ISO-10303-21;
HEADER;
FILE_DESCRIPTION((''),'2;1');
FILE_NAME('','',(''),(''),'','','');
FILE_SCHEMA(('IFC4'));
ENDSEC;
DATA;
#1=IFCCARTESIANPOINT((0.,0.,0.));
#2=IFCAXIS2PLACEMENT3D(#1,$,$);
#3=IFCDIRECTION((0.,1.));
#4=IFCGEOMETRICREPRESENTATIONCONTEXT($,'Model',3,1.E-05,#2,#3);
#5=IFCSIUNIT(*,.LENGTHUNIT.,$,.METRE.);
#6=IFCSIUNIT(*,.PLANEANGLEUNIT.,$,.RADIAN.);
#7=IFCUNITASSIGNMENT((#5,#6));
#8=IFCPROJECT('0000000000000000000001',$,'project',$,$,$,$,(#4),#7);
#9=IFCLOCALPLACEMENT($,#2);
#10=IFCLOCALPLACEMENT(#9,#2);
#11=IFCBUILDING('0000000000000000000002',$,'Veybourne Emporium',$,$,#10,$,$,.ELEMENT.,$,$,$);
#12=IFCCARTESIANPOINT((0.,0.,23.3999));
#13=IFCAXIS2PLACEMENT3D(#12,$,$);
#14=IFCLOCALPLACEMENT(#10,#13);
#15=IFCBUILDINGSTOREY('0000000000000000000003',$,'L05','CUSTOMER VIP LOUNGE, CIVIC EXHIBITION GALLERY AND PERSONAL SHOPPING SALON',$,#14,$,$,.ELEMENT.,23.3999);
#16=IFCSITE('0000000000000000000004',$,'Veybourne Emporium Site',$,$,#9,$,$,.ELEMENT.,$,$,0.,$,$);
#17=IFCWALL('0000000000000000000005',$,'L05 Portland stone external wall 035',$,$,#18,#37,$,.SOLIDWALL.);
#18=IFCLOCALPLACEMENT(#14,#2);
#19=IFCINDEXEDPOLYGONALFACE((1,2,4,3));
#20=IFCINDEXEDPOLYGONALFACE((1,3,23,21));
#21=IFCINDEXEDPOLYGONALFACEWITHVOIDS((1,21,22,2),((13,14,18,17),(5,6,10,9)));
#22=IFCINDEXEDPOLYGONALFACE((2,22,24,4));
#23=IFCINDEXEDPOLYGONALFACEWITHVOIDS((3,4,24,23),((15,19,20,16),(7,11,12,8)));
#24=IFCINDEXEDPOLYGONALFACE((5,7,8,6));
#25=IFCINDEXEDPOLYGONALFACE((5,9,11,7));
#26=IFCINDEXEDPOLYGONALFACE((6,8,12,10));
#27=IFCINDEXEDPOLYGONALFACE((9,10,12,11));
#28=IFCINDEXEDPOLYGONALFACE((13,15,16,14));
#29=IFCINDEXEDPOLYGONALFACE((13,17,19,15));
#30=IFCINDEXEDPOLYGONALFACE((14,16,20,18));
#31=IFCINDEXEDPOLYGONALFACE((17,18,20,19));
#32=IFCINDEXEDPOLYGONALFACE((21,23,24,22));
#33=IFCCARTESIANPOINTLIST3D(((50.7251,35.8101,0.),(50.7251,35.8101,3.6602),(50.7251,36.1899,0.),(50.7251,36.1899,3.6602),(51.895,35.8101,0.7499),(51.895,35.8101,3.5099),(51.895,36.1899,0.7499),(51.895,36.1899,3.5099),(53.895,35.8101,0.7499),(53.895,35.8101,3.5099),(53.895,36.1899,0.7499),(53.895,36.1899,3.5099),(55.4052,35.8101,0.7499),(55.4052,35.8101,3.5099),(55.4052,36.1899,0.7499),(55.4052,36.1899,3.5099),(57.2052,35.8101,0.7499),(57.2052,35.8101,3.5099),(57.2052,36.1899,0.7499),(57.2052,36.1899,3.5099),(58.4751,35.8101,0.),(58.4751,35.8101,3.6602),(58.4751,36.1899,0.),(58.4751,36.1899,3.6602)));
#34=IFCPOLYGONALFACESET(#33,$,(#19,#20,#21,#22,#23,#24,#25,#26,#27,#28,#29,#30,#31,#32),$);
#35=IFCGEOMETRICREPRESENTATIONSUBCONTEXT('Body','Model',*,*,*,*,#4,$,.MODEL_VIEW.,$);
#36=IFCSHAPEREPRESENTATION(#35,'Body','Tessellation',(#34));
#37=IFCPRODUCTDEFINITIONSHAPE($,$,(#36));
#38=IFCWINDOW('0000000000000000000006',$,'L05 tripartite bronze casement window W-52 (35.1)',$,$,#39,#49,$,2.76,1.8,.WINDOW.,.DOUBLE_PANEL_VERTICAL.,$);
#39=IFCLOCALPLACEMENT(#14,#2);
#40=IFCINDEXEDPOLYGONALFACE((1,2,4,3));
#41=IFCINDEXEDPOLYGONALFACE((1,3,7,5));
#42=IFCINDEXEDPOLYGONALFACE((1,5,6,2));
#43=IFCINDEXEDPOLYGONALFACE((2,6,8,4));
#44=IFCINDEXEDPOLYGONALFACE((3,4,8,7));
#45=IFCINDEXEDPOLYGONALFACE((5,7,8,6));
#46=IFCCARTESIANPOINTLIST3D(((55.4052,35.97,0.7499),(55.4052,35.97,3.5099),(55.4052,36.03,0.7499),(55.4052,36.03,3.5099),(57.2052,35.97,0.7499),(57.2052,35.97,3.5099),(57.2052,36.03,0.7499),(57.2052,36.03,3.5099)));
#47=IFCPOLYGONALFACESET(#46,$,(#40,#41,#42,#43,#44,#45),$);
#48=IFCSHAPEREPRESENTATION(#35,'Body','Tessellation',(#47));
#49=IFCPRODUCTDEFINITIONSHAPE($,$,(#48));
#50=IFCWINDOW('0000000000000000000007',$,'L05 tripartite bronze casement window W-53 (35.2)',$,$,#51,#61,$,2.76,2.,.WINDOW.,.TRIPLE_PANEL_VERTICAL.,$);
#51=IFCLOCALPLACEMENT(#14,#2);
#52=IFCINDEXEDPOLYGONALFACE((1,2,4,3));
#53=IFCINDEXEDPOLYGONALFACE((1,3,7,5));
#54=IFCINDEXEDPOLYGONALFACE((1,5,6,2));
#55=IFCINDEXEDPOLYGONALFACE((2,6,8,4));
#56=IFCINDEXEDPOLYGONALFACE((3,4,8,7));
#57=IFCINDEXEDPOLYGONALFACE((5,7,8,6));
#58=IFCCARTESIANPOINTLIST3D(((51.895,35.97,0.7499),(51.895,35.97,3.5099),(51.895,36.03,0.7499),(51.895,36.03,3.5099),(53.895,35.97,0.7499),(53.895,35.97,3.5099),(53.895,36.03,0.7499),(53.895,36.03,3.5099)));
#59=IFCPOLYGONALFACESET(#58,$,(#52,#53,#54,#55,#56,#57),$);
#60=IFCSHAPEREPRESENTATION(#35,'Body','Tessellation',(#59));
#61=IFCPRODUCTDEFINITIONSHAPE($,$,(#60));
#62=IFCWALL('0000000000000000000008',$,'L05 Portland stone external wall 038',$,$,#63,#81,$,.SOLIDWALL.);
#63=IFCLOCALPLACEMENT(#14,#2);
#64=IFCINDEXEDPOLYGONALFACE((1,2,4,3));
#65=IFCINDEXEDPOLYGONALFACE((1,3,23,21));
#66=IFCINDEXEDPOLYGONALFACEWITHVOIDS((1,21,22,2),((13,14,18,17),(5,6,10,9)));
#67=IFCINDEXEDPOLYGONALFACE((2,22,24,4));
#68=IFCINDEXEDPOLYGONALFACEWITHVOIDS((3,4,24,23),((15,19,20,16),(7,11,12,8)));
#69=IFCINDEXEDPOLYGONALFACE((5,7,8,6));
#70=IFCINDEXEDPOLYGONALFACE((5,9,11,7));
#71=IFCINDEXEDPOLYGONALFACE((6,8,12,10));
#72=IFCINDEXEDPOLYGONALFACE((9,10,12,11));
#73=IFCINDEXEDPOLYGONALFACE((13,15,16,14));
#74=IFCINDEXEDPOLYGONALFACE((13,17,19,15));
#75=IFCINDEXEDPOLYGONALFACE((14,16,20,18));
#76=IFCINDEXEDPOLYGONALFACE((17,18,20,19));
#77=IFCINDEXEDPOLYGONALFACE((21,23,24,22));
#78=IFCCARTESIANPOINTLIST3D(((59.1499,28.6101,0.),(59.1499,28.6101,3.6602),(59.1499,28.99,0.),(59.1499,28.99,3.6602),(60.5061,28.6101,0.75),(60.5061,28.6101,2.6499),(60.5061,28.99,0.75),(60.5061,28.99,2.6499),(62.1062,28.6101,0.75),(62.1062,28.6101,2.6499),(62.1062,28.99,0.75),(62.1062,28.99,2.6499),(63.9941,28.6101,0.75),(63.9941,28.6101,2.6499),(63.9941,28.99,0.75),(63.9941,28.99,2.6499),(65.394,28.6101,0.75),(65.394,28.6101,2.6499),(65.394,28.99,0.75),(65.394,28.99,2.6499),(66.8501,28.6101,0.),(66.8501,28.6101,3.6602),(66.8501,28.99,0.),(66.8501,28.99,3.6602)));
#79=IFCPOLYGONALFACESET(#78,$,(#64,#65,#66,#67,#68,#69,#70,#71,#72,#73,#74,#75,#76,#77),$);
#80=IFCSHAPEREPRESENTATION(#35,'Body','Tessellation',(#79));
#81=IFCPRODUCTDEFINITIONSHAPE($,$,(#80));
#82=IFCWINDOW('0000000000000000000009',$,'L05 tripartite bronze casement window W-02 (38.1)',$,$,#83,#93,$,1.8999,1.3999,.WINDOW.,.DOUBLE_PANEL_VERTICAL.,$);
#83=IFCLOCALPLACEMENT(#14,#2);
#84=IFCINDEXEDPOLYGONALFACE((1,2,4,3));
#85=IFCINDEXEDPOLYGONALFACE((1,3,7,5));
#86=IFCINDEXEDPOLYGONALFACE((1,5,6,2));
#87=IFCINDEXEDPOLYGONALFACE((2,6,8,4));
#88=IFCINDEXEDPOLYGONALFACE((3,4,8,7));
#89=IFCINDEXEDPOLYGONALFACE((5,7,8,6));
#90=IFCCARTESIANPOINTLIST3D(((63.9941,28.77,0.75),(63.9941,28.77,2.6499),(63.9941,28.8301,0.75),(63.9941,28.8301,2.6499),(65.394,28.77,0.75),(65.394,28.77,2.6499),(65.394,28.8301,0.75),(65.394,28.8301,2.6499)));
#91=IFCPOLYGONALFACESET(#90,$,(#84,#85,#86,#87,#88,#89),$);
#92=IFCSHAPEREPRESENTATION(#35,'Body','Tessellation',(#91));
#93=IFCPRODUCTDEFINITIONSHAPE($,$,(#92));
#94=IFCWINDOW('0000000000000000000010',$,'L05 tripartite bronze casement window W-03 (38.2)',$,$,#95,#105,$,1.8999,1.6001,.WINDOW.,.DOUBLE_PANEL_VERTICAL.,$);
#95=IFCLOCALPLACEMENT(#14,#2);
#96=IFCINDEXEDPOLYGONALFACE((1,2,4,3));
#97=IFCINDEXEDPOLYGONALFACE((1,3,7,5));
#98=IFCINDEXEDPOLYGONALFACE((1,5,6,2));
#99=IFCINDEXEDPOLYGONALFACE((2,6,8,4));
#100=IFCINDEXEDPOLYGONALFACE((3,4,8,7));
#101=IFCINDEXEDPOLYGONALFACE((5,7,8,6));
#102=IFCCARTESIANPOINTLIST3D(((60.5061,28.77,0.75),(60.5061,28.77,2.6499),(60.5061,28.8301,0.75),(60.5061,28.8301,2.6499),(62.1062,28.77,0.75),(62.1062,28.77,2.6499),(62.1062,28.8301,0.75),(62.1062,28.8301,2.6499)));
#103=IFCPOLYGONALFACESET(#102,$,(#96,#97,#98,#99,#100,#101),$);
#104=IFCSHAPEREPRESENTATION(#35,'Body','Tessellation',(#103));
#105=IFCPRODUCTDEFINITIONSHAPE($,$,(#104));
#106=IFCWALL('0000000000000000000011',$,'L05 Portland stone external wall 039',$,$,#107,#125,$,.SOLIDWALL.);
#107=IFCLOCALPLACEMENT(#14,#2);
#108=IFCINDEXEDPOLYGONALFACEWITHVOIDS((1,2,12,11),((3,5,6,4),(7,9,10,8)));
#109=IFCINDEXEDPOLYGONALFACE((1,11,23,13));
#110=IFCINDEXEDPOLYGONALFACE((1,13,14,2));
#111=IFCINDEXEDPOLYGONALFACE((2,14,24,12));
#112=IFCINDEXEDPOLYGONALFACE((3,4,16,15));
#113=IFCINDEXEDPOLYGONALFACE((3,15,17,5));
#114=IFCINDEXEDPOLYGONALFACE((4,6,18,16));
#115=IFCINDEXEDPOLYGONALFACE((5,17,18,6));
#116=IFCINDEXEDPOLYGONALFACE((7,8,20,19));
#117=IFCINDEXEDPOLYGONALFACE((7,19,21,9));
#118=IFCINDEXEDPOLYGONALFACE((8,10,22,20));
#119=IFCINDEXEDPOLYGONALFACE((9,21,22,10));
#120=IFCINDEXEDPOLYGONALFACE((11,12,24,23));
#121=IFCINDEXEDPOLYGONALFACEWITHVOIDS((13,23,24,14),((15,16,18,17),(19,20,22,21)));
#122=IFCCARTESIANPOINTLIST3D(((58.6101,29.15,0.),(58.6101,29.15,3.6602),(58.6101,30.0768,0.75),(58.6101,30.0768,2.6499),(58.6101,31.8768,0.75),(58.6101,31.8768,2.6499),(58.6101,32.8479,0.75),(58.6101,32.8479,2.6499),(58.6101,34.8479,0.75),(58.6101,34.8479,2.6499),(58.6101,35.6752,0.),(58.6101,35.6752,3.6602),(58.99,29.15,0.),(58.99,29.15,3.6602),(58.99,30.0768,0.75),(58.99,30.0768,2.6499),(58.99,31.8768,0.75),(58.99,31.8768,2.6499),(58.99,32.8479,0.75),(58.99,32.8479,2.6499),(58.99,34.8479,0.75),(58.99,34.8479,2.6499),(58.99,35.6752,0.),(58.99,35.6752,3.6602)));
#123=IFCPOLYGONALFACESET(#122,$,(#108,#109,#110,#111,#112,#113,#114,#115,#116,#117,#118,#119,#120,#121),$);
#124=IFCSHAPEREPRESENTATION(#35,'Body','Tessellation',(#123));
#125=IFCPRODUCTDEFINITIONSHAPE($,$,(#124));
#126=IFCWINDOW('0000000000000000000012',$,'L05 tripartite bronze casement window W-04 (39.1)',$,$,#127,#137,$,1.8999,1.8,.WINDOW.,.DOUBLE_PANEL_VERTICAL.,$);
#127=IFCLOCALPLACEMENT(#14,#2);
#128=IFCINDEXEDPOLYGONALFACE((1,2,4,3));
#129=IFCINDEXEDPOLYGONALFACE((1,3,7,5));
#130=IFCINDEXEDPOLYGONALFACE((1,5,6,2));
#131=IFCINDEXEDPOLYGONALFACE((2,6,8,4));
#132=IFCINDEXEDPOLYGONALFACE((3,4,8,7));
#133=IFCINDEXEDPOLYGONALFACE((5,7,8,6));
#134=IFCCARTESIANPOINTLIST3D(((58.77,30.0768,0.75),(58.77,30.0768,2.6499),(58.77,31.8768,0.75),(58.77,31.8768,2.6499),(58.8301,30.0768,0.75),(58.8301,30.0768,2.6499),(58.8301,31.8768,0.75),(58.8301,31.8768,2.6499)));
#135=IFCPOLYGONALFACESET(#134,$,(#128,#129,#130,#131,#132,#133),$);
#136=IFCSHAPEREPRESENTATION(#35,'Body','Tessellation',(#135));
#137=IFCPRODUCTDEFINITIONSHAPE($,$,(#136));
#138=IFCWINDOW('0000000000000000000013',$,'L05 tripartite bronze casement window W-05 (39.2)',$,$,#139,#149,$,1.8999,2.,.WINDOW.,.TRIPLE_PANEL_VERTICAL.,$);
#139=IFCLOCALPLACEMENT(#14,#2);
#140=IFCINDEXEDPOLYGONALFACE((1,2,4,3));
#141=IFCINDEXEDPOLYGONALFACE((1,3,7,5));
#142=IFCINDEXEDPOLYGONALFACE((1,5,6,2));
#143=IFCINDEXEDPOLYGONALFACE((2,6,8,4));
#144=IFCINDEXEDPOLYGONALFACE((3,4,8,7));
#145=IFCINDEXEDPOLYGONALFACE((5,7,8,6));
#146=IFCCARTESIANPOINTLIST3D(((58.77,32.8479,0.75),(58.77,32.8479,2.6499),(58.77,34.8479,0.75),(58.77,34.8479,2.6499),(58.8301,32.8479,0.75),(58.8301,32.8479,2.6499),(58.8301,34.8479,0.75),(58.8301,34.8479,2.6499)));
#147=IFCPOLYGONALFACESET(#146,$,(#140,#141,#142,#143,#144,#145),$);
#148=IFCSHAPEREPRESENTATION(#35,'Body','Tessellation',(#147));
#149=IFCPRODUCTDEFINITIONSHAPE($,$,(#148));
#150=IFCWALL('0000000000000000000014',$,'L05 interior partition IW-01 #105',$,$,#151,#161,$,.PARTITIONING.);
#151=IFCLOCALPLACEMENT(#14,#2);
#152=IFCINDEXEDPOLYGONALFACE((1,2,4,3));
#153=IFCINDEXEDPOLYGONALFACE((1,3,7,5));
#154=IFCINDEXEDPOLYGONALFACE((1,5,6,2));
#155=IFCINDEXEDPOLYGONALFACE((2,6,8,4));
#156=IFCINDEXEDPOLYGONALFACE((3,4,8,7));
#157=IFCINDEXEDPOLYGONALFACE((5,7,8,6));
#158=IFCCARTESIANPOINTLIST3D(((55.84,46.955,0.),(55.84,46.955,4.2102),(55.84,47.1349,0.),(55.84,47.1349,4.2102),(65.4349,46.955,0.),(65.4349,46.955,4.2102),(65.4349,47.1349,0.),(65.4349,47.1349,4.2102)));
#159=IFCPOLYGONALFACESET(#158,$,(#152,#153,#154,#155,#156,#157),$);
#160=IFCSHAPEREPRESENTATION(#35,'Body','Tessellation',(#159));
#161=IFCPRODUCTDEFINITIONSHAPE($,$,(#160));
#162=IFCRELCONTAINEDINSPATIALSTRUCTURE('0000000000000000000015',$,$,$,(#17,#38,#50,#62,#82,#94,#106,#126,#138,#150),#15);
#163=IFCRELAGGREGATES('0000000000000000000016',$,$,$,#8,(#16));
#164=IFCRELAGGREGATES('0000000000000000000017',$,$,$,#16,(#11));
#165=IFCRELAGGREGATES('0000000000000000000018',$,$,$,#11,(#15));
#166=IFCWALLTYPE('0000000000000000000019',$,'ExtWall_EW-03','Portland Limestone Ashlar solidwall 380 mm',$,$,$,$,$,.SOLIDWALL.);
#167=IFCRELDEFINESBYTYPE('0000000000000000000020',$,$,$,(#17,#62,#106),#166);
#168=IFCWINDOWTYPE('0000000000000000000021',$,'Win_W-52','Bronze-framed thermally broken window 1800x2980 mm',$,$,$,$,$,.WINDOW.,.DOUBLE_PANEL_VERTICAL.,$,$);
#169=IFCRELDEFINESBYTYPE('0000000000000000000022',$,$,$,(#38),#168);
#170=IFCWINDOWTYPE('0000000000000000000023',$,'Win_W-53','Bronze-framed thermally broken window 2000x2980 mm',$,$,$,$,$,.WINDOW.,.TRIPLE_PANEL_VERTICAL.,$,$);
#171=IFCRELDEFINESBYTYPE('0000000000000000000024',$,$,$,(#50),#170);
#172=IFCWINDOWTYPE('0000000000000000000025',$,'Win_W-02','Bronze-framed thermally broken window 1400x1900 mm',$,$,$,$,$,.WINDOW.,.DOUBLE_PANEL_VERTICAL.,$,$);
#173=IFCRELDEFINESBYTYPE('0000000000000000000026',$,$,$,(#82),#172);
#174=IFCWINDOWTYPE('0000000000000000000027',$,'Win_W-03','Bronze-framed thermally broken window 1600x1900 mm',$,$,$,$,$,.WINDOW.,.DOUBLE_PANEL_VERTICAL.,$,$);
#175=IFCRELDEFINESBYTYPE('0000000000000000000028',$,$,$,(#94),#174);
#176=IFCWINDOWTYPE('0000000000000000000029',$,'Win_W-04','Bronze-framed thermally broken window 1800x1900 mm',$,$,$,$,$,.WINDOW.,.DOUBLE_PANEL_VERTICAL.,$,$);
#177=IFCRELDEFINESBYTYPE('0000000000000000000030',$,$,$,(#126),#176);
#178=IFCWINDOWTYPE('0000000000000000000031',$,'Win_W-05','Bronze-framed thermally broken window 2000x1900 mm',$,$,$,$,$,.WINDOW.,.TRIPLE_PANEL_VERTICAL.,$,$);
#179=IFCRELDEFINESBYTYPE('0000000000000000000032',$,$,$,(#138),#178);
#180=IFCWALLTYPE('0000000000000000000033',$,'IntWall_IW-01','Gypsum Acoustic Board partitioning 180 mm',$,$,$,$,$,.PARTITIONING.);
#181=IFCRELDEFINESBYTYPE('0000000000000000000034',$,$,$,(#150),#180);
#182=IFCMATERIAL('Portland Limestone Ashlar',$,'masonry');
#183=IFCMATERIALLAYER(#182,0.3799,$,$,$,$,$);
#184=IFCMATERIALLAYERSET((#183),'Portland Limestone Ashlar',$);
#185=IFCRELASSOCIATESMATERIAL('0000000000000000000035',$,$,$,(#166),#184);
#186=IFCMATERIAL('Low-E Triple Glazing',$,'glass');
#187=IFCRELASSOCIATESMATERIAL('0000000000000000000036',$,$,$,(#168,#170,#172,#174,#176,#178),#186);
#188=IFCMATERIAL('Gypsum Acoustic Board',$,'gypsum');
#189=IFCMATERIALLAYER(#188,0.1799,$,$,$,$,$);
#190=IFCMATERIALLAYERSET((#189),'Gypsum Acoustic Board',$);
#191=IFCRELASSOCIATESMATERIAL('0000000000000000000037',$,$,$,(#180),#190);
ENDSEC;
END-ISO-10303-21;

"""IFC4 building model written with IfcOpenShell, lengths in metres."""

from ifc_helpers import new_model, si_unit, direction, frame, frame_2d, origin, place, context, subcontext, project, spatial, rectangle, extrude, material, layer, layer_set, type_object, element, fill, save


model = new_model("IFC4")

# Units and contexts
model_context = context("Model", 3, precision=1e-05, world=origin(), true_north=direction((0.0, 1.0)))
body_context = subcontext(model_context, "Body", "Model", "MODEL_VIEW")
ifc_project = project(units=[si_unit("LENGTHUNIT", "METRE"), si_unit("PLANEANGLEUNIT", "RADIAN")], contexts=[model_context])

# Site, building, storey
site_placement = place(None, origin())
site = spatial("IfcSite", under=ifc_project, at=site_placement, Name="Veybourne Emporium Site", CompositionType="ELEMENT", RefElevation=0.0)
building_placement = place(site_placement, origin())
building = spatial("IfcBuilding", under=site, at=building_placement, Name="Veybourne Emporium", CompositionType="ELEMENT")
storey_placement = place(building_placement, frame((0.0, 0.0, 23.3999)))
storey = spatial("IfcBuildingStorey", under=building, at=storey_placement, Name="L05", Description="CUSTOMER VIP LOUNGE, CIVIC EXHIBITION GALLERY AND PERSONAL SHOPPING SALON", CompositionType="ELEMENT", Elevation=23.3999)

# Walls, openings, windows
ifc_material_1 = material(Name="Portland Limestone Ashlar", Category="masonry")
ifc_layer_1 = layer(ifc_material_1, 0.3799)
ifc_layer_set_1 = layer_set([ifc_layer_1], Name="Portland Limestone Ashlar")
wall_type_1 = type_object("IfcWallType", Name="ExtWall_EW-03", Description="Portland Limestone Ashlar solidwall 380 mm", PredefinedType="SOLIDWALL", material=ifc_layer_set_1)
wall_1_placement = place(storey_placement, frame((58.4751, 36.0, 0.0), z_axis=(0.0, 0.0, 1.0), x_axis=(-1.0, 0.0, 0.0)))
wall_1 = element("IfcWall", 1, at=wall_1_placement, inside=storey, type_object=wall_type_1, Name="L05 Portland stone external wall 035", PredefinedType="SOLIDWALL", context=body_context, shape_type="SweptSolid", body=[
    extrude(rectangle(XDim=7.75, YDim=0.3799, at=frame_2d((3.875, 0.0))), origin(), (0.0, 0.0, 1.0), 3.6602),
])
opening_1_placement = place(wall_1_placement, frame((1.27, 0.0, 0.75)))
opening_1 = element("IfcOpeningElement", 2, at=opening_1_placement, cuts=wall_1, PredefinedType="OPENING", context=body_context, shape_type="SweptSolid", body=[
    extrude(rectangle(XDim=1.8, YDim=2.76, at=frame_2d((0.8999, 1.3799))), frame((0.0, 0.21, 0.0), z_axis=(0.0, -1.0, 0.0), x_axis=(1.0, 0.0, 0.0)), (0.0, 0.0, 1.0), 0.4199),
])
opening_2_placement = place(wall_1_placement, frame((4.5801, 0.0, 0.75)))
opening_2 = element("IfcOpeningElement", 3, at=opening_2_placement, cuts=wall_1, PredefinedType="OPENING", context=body_context, shape_type="SweptSolid", body=[
    extrude(rectangle(XDim=2.0, YDim=2.76, at=frame_2d((1.0, 1.3799))), frame((0.0, 0.21, 0.0), z_axis=(0.0, -1.0, 0.0), x_axis=(1.0, 0.0, 0.0)), (0.0, 0.0, 1.0), 0.4199),
])
ifc_material_2 = material(Name="Low-E Triple Glazing", Category="glass")
window_type_1 = type_object("IfcWindowType", Name="Win_W-52", Description="Bronze-framed thermally broken window 1800x2980 mm", PartitioningType="DOUBLE_PANEL_VERTICAL", PredefinedType="WINDOW", material=ifc_material_2)
window_1_placement = place(opening_1_placement, origin())
window_1 = element("IfcWindow", 4, at=window_1_placement, inside=storey, type_object=window_type_1, Name="L05 tripartite bronze casement window W-52 (35.1)", OverallHeight=2.76, OverallWidth=1.8, PartitioningType="DOUBLE_PANEL_VERTICAL", PredefinedType="WINDOW", context=body_context, shape_type="SweptSolid", body=[
    extrude(rectangle(XDim=1.8, YDim=2.76, at=frame_2d((0.8999, 1.3799))), frame((0.0, 0.03, 0.0), z_axis=(0.0, -1.0, 0.0), x_axis=(1.0, 0.0, 0.0)), (0.0, 0.0, 1.0), 0.0601),
])
fill(opening_1, window_1)
window_type_2 = type_object("IfcWindowType", Name="Win_W-53", Description="Bronze-framed thermally broken window 2000x2980 mm", PartitioningType="TRIPLE_PANEL_VERTICAL", PredefinedType="WINDOW", material=ifc_material_2)
window_2_placement = place(opening_2_placement, origin())
window_2 = element("IfcWindow", 5, at=window_2_placement, inside=storey, type_object=window_type_2, Name="L05 tripartite bronze casement window W-53 (35.2)", OverallHeight=2.76, OverallWidth=2.0, PartitioningType="TRIPLE_PANEL_VERTICAL", PredefinedType="WINDOW", context=body_context, shape_type="SweptSolid", body=[
    extrude(rectangle(XDim=2.0, YDim=2.76, at=frame_2d((1.0, 1.3799))), frame((0.0, 0.03, 0.0), z_axis=(0.0, -1.0, 0.0), x_axis=(1.0, 0.0, 0.0)), (0.0, 0.0, 1.0), 0.0601),
])
fill(opening_2, window_2)
wall_2_placement = place(storey_placement, frame((66.8501, 28.8, 0.0), z_axis=(0.0, 0.0, 1.0), x_axis=(-1.0, 0.0, 0.0)))
wall_2 = element("IfcWall", 6, at=wall_2_placement, inside=storey, type_object=wall_type_1, Name="L05 Portland stone external wall 038", PredefinedType="SOLIDWALL", context=body_context, shape_type="SweptSolid", body=[
    extrude(rectangle(XDim=7.7002, YDim=0.3799, at=frame_2d((3.8501, 0.0))), origin(), (0.0, 0.0, 1.0), 3.6602),
])
opening_3_placement = place(wall_2_placement, frame((1.4561, 0.0, 0.75)))
opening_3 = element("IfcOpeningElement", 7, at=opening_3_placement, cuts=wall_2, PredefinedType="OPENING", context=body_context, shape_type="SweptSolid", body=[
    extrude(rectangle(XDim=1.3999, YDim=1.8999, at=frame_2d((0.7, 0.95))), frame((0.0, 0.21, 0.0), z_axis=(0.0, -1.0, 0.0), x_axis=(1.0, 0.0, 0.0)), (0.0, 0.0, 1.0), 0.4199),
])
opening_4_placement = place(wall_2_placement, frame((4.7439, 0.0, 0.75)))
opening_4 = element("IfcOpeningElement", 8, at=opening_4_placement, cuts=wall_2, PredefinedType="OPENING", context=body_context, shape_type="SweptSolid", body=[
    extrude(rectangle(XDim=1.6001, YDim=1.8999, at=frame_2d((0.8, 0.95))), frame((0.0, 0.21, 0.0), z_axis=(0.0, -1.0, 0.0), x_axis=(1.0, 0.0, 0.0)), (0.0, 0.0, 1.0), 0.4199),
])
window_type_3 = type_object("IfcWindowType", Name="Win_W-02", Description="Bronze-framed thermally broken window 1400x1900 mm", PartitioningType="DOUBLE_PANEL_VERTICAL", PredefinedType="WINDOW", material=ifc_material_2)
window_3_placement = place(opening_3_placement, origin())
window_3 = element("IfcWindow", 9, at=window_3_placement, inside=storey, type_object=window_type_3, Name="L05 tripartite bronze casement window W-02 (38.1)", OverallHeight=1.8999, OverallWidth=1.3999, PartitioningType="DOUBLE_PANEL_VERTICAL", PredefinedType="WINDOW", context=body_context, shape_type="SweptSolid", body=[
    extrude(rectangle(XDim=1.3999, YDim=1.8999, at=frame_2d((0.7, 0.95))), frame((0.0, 0.03, 0.0), z_axis=(0.0, -1.0, 0.0), x_axis=(1.0, 0.0, 0.0)), (0.0, 0.0, 1.0), 0.0601),
])
fill(opening_3, window_3)
window_type_4 = type_object("IfcWindowType", Name="Win_W-03", Description="Bronze-framed thermally broken window 1600x1900 mm", PartitioningType="DOUBLE_PANEL_VERTICAL", PredefinedType="WINDOW", material=ifc_material_2)
window_4_placement = place(opening_4_placement, origin())
window_4 = element("IfcWindow", 10, at=window_4_placement, inside=storey, type_object=window_type_4, Name="L05 tripartite bronze casement window W-03 (38.2)", OverallHeight=1.8999, OverallWidth=1.6001, PartitioningType="DOUBLE_PANEL_VERTICAL", PredefinedType="WINDOW", context=body_context, shape_type="SweptSolid", body=[
    extrude(rectangle(XDim=1.6001, YDim=1.8999, at=frame_2d((0.8, 0.95))), frame((0.0, 0.03, 0.0), z_axis=(0.0, -1.0, 0.0), x_axis=(1.0, 0.0, 0.0)), (0.0, 0.0, 1.0), 0.0601),
])
fill(opening_4, window_4)
wall_3_placement = place(storey_placement, frame((58.8, 29.1499, 0.0), z_axis=(0.0, 0.0, 1.0), x_axis=(0.0, 1.0, 0.0)))
wall_3 = element("IfcWall", 11, at=wall_3_placement, inside=storey, type_object=wall_type_1, Name="L05 Portland stone external wall 039", PredefinedType="SOLIDWALL", context=body_context, shape_type="SweptSolid", body=[
    extrude(rectangle(XDim=6.5251, YDim=0.3799, at=frame_2d((3.2627, 0.0))), origin(), (0.0, 0.0, 1.0), 3.6602),
])
opening_5_placement = place(wall_3_placement, frame((0.927, 0.0, 0.75)))
opening_5 = element("IfcOpeningElement", 12, at=opening_5_placement, cuts=wall_3, PredefinedType="OPENING", context=body_context, shape_type="SweptSolid", body=[
    extrude(rectangle(XDim=1.8, YDim=1.8999, at=frame_2d((0.8999, 0.95))), frame((0.0, 0.21, 0.0), z_axis=(0.0, -1.0, 0.0), x_axis=(1.0, 0.0, 0.0)), (0.0, 0.0, 1.0), 0.4199),
])
opening_6_placement = place(wall_3_placement, frame((3.698, 0.0, 0.75)))
opening_6 = element("IfcOpeningElement", 13, at=opening_6_placement, cuts=wall_3, PredefinedType="OPENING", context=body_context, shape_type="SweptSolid", body=[
    extrude(rectangle(XDim=2.0, YDim=1.8999, at=frame_2d((1.0, 0.95))), frame((0.0, 0.21, 0.0), z_axis=(0.0, -1.0, 0.0), x_axis=(1.0, 0.0, 0.0)), (0.0, 0.0, 1.0), 0.4199),
])
window_type_5 = type_object("IfcWindowType", Name="Win_W-04", Description="Bronze-framed thermally broken window 1800x1900 mm", PartitioningType="DOUBLE_PANEL_VERTICAL", PredefinedType="WINDOW", material=ifc_material_2)
window_5_placement = place(opening_5_placement, origin())
window_5 = element("IfcWindow", 14, at=window_5_placement, inside=storey, type_object=window_type_5, Name="L05 tripartite bronze casement window W-04 (39.1)", OverallHeight=1.8999, OverallWidth=1.8, PartitioningType="DOUBLE_PANEL_VERTICAL", PredefinedType="WINDOW", context=body_context, shape_type="SweptSolid", body=[
    extrude(rectangle(XDim=1.8, YDim=1.8999, at=frame_2d((0.8999, 0.95))), frame((0.0, 0.03, 0.0), z_axis=(0.0, -1.0, 0.0), x_axis=(1.0, 0.0, 0.0)), (0.0, 0.0, 1.0), 0.0601),
])
fill(opening_5, window_5)
window_type_6 = type_object("IfcWindowType", Name="Win_W-05", Description="Bronze-framed thermally broken window 2000x1900 mm", PartitioningType="TRIPLE_PANEL_VERTICAL", PredefinedType="WINDOW", material=ifc_material_2)
window_6_placement = place(opening_6_placement, origin())
window_6 = element("IfcWindow", 15, at=window_6_placement, inside=storey, type_object=window_type_6, Name="L05 tripartite bronze casement window W-05 (39.2)", OverallHeight=1.8999, OverallWidth=2.0, PartitioningType="TRIPLE_PANEL_VERTICAL", PredefinedType="WINDOW", context=body_context, shape_type="SweptSolid", body=[
    extrude(rectangle(XDim=2.0, YDim=1.8999, at=frame_2d((1.0, 0.95))), frame((0.0, 0.03, 0.0), z_axis=(0.0, -1.0, 0.0), x_axis=(1.0, 0.0, 0.0)), (0.0, 0.0, 1.0), 0.0601),
])
fill(opening_6, window_6)

# Wall
ifc_material_3 = material(Name="Gypsum Acoustic Board", Category="gypsum")
ifc_layer_2 = layer(ifc_material_3, 0.1799)
ifc_layer_set_2 = layer_set([ifc_layer_2], Name="Gypsum Acoustic Board")
wall_type_2 = type_object("IfcWallType", Name="IntWall_IW-01", Description="Gypsum Acoustic Board partitioning 180 mm", PredefinedType="PARTITIONING", material=ifc_layer_set_2)
wall_4_placement = place(storey_placement, frame((55.8401, 47.0449, 0.0), z_axis=(0.0, 0.0, 1.0), x_axis=(1.0, 0.0, 0.0)))
element("IfcWall", 16, at=wall_4_placement, inside=storey, type_object=wall_type_2, Name="L05 interior partition IW-01 #105", PredefinedType="PARTITIONING", context=body_context, shape_type="SweptSolid", body=[
    extrude(rectangle(XDim=9.595, YDim=0.1799, at=frame_2d((4.7974, 0.0))), origin(), (0.0, 0.0, 1.0), 4.2102),
])

save(model, "model.ifc")
